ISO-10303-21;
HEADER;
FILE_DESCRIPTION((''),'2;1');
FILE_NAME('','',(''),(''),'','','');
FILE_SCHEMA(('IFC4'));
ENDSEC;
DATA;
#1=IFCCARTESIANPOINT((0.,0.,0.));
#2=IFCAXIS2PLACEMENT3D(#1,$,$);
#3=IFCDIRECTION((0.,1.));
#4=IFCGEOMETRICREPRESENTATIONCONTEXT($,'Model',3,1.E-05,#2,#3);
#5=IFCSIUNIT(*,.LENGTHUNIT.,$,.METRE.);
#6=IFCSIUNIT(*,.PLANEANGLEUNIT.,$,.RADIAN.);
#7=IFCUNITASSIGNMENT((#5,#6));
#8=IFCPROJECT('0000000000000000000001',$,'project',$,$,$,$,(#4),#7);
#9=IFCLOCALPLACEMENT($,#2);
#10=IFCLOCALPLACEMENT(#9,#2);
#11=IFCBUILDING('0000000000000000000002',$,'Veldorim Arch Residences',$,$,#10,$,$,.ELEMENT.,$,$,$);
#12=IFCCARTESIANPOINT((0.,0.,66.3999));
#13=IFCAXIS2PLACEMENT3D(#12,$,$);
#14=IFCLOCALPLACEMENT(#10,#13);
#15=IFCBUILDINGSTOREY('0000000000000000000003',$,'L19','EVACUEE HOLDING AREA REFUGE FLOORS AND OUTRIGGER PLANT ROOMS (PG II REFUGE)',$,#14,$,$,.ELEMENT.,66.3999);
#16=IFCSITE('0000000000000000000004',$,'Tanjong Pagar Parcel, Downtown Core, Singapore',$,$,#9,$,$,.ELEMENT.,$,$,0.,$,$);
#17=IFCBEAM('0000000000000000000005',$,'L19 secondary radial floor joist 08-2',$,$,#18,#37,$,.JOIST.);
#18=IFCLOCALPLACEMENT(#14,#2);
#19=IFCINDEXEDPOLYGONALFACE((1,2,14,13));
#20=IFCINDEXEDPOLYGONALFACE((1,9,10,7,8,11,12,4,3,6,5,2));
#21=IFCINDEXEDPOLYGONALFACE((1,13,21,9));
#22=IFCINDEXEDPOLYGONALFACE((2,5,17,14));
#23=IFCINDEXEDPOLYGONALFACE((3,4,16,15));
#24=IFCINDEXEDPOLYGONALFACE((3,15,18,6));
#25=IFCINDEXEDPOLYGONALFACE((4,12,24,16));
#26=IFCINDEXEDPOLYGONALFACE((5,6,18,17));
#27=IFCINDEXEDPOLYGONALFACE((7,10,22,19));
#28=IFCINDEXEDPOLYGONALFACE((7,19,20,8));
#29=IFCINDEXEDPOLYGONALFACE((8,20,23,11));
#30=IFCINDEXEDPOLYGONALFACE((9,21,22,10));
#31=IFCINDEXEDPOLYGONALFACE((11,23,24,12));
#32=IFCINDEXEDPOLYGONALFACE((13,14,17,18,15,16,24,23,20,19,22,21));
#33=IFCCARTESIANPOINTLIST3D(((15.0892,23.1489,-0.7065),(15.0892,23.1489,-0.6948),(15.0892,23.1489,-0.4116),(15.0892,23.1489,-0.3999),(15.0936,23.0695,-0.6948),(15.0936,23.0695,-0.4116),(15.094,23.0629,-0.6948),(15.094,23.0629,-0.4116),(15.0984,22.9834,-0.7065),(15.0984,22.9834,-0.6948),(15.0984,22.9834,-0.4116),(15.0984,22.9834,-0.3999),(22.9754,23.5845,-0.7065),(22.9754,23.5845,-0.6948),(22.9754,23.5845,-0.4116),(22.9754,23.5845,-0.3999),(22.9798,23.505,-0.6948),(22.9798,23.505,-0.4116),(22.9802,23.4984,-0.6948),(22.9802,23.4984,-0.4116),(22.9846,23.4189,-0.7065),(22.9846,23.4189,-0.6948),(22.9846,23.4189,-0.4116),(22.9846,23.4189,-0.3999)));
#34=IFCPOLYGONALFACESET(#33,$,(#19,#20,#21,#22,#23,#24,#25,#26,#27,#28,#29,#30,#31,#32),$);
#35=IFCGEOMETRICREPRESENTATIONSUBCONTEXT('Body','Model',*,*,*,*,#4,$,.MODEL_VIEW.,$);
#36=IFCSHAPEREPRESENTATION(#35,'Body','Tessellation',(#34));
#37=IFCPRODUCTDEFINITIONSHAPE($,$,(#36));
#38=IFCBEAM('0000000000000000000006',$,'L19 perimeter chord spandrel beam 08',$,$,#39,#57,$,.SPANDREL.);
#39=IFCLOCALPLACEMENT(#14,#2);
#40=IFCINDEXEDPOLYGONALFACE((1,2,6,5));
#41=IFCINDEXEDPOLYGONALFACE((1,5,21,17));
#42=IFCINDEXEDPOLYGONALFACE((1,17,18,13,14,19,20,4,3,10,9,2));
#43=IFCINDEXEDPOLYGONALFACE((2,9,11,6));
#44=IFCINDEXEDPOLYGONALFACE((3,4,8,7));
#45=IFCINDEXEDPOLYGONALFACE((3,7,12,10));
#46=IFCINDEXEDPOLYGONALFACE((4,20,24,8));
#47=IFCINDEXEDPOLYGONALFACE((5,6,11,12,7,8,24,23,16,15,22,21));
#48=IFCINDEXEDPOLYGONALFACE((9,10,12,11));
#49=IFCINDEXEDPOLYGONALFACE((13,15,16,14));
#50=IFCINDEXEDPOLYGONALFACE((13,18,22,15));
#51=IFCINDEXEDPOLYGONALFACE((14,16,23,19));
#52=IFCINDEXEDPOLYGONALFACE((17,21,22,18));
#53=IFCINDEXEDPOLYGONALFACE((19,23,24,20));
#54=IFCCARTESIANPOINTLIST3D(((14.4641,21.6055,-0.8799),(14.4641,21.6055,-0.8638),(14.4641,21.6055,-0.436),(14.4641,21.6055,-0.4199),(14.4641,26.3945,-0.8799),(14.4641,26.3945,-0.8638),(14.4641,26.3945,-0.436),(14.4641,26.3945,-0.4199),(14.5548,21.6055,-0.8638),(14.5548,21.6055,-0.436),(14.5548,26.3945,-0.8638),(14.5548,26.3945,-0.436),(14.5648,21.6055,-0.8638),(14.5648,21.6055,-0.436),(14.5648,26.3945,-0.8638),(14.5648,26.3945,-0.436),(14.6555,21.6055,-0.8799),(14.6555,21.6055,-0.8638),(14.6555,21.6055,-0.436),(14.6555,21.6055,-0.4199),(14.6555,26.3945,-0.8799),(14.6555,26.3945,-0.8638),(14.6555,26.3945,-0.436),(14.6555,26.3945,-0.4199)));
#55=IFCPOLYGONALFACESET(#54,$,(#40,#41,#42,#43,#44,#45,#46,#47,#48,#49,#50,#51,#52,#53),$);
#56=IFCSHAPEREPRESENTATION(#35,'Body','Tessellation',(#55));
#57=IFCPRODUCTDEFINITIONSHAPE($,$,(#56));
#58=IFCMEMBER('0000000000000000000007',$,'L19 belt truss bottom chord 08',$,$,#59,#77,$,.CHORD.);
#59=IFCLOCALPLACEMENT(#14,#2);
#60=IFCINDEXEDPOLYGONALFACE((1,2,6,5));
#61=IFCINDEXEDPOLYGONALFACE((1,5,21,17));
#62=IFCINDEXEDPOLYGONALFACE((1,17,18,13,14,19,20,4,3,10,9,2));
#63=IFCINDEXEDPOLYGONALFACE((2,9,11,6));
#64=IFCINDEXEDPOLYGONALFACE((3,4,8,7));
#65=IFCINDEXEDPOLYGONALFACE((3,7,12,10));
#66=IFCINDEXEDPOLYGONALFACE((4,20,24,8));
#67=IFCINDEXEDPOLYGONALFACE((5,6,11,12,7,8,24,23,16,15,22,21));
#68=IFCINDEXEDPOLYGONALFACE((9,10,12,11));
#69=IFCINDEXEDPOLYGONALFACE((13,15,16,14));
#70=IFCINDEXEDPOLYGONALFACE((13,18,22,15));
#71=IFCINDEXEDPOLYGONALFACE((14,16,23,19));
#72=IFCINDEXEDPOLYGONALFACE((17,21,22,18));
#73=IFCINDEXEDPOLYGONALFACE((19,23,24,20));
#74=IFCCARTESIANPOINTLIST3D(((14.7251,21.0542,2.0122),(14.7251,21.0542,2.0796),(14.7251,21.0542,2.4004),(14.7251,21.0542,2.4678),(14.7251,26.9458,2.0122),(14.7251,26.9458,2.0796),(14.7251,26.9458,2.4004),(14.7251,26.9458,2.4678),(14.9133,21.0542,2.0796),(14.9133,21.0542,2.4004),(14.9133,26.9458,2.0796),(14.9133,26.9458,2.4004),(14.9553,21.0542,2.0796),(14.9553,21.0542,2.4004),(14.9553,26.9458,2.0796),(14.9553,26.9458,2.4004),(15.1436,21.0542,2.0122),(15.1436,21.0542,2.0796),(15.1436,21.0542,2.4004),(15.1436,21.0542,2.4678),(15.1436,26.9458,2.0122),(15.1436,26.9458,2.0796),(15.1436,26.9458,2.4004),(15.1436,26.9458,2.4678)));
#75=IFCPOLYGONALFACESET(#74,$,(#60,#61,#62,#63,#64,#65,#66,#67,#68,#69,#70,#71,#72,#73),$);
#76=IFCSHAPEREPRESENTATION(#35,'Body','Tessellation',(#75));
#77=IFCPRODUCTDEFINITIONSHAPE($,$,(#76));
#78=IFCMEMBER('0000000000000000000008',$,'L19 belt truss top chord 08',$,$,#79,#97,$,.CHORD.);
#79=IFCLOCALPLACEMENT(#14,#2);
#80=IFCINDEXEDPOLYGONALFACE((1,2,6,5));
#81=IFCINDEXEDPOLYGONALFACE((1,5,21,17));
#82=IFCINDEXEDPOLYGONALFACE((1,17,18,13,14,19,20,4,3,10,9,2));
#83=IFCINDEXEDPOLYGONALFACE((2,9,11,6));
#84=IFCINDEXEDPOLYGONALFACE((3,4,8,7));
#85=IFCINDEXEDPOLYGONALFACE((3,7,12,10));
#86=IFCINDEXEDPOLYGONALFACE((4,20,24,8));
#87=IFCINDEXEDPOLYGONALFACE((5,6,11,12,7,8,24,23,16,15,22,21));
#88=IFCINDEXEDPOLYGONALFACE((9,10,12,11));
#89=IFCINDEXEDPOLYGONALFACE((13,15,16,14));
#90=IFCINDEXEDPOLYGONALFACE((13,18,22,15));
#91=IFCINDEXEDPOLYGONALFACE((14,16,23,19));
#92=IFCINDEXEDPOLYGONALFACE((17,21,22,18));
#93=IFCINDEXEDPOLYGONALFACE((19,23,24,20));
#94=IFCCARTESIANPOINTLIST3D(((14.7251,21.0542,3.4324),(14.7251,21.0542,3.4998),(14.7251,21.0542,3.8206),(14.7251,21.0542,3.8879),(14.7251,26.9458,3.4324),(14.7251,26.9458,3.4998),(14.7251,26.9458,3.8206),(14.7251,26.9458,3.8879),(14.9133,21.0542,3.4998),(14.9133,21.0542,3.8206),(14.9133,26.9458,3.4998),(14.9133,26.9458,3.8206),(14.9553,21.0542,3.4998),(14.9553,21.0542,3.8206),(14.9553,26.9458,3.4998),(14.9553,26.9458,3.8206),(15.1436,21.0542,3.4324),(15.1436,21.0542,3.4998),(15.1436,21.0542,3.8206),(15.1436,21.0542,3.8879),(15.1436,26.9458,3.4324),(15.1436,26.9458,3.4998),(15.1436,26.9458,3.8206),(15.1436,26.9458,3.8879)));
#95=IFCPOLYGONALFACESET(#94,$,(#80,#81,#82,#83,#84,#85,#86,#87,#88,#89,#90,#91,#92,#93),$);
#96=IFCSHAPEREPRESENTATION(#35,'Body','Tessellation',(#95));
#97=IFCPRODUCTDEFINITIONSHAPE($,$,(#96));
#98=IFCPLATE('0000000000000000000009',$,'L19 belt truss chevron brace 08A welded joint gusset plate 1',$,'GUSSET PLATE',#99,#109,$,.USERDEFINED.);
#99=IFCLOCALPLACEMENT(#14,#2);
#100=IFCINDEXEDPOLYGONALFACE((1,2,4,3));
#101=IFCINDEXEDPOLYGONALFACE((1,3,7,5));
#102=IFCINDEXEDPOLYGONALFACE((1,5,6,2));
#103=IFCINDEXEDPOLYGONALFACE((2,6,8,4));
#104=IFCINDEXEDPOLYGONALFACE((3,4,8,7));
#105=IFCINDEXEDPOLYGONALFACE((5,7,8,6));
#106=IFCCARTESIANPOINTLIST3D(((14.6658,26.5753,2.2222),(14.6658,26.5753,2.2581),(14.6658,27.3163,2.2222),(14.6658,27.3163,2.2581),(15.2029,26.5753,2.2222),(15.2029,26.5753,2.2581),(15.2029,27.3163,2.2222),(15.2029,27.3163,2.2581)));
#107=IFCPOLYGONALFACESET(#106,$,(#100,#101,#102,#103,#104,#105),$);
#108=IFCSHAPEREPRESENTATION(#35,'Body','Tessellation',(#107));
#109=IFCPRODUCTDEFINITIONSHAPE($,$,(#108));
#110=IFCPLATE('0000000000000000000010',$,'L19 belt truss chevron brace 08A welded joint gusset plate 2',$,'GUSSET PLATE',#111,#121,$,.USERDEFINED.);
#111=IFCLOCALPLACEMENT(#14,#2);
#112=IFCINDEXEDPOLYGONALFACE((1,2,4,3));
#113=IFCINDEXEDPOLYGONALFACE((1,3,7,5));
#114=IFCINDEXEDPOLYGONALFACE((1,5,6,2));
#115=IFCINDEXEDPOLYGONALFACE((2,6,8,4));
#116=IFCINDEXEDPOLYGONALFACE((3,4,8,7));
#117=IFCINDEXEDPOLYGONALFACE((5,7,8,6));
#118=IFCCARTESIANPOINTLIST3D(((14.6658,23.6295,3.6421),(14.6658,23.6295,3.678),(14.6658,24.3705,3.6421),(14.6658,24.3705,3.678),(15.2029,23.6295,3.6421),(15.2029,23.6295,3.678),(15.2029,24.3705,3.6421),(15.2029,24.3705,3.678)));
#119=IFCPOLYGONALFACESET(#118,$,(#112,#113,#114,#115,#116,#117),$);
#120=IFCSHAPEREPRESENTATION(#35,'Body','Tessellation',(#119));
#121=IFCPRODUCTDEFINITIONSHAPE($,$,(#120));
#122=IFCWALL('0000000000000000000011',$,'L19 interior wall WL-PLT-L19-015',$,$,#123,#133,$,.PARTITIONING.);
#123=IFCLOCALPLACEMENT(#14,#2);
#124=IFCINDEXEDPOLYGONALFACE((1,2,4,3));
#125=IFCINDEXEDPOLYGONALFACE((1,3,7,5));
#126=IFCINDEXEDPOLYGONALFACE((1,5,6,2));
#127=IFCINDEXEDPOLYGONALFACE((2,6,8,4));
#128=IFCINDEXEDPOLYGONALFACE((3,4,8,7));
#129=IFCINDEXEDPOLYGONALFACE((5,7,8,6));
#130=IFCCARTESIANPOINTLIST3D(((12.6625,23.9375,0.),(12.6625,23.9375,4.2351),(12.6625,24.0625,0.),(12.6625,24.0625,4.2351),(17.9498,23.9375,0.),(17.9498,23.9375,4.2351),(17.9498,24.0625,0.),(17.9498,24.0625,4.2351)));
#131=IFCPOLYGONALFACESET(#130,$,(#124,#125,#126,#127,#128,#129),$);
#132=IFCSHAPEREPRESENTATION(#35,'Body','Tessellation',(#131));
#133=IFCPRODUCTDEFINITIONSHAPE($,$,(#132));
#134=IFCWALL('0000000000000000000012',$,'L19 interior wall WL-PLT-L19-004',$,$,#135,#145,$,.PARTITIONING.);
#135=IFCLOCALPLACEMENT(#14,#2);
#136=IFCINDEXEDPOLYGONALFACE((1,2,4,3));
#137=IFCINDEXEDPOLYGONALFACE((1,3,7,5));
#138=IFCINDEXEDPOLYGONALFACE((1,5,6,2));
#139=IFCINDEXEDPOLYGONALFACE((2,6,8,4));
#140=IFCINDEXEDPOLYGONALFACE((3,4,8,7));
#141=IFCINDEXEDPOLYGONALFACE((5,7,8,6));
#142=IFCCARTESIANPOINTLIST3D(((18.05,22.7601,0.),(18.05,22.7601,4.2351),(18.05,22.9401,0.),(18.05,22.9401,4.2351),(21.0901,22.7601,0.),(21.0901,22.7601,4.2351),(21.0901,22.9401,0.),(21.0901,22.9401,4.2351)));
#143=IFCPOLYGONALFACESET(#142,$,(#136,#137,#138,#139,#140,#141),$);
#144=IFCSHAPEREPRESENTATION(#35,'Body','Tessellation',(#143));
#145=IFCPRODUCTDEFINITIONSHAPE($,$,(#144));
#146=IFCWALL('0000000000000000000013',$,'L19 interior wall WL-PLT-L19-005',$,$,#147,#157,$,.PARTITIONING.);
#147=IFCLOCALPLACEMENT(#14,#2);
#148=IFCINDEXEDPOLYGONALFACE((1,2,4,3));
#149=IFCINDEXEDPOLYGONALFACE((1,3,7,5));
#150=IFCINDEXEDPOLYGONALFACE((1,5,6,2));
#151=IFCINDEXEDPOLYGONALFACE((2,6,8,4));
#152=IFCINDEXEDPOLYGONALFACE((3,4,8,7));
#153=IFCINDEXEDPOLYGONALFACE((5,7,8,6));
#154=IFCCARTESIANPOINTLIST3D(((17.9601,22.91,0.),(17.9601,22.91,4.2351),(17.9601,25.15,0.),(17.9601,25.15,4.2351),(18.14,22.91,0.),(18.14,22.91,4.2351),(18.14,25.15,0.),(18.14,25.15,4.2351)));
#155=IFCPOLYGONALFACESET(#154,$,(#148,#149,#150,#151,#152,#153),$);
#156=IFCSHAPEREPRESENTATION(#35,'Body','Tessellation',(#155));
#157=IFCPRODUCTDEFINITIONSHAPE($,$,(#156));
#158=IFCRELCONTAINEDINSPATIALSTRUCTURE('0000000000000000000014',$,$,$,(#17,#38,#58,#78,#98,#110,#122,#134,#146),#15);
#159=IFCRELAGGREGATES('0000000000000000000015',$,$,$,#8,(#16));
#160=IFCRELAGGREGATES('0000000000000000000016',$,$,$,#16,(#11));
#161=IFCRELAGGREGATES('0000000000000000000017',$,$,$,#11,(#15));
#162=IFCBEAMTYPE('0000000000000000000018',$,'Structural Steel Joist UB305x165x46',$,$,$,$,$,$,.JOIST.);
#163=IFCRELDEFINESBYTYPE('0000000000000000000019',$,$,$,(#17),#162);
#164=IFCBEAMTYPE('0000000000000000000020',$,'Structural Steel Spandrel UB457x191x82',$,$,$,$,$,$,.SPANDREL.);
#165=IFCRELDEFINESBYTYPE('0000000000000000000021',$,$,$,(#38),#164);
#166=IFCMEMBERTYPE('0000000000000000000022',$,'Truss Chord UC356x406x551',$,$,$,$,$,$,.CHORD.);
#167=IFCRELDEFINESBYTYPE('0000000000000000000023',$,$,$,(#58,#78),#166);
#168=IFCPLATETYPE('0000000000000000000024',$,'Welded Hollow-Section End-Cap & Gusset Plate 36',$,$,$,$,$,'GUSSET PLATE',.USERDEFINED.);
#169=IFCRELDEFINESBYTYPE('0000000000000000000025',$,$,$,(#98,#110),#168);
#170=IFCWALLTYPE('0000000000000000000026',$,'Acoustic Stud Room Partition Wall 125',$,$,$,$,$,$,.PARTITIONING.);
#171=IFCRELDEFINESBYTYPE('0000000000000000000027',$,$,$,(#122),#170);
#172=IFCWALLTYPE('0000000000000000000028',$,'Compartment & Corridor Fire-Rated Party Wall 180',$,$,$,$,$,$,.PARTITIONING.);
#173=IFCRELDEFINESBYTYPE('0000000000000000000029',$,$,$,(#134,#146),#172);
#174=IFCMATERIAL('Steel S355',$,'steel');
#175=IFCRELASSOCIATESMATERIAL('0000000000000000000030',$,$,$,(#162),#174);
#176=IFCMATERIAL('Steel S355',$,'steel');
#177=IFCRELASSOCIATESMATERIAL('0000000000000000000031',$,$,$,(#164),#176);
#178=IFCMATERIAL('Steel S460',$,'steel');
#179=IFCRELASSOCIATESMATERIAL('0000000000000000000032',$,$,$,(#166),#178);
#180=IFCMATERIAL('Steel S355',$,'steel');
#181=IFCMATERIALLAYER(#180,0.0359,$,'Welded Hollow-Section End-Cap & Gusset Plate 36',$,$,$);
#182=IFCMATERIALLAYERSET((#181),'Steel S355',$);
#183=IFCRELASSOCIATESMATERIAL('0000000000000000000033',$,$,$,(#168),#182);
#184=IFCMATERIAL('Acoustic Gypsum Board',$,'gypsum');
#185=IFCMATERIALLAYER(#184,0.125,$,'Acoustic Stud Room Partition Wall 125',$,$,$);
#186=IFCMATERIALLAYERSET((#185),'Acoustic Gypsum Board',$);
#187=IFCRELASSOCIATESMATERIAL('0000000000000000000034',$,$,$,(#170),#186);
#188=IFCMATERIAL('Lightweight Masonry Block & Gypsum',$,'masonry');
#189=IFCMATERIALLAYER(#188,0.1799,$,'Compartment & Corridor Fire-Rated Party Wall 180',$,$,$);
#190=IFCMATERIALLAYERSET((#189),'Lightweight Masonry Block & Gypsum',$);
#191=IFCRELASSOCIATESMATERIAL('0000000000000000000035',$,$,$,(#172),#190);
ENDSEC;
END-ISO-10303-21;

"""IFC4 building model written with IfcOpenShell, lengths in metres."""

from ifc_helpers import new_model, si_unit, direction, frame, frame_2d, origin, origin_2d, place, context, subcontext, project, spatial, rectangle, i_section, extrude, material, layer, layer_set, material_profile, profile_set, type_object, element, save


model = new_model("IFC4")

# Units and contexts
model_context = context("Model", 3, precision=1e-05, world=origin(), true_north=direction((0.0, 1.0)))
body_context = subcontext(model_context, "Body", "Model", "MODEL_VIEW")
ifc_project = project(units=[si_unit("LENGTHUNIT", "METRE"), si_unit("PLANEANGLEUNIT", "RADIAN")], contexts=[model_context])

# Site, building, storey
site_placement = place(None, origin())
site = spatial("IfcSite", under=ifc_project, at=site_placement, Name="Tanjong Pagar Parcel, Downtown Core, Singapore", CompositionType="ELEMENT", RefElevation=0.0)
building_placement = place(site_placement, origin())
building = spatial("IfcBuilding", under=site, at=building_placement, Name="Veldorim Arch Residences", CompositionType="ELEMENT")
storey_placement = place(building_placement, frame((0.0, 0.0, 66.3999)))
storey = spatial("IfcBuildingStorey", under=building, at=storey_placement, Name="L19", Description="EVACUEE HOLDING AREA REFUGE FLOORS AND OUTRIGGER PLANT ROOMS (PG II REFUGE)", CompositionType="ELEMENT", Elevation=66.3999)

# Beams
ifc_material_1 = material(Name="Steel S355", Category="steel")
ifc_material_profile_1 = material_profile(ifc_material_1, i_section(OverallWidth=0.1658, OverallDepth=0.3066, WebThickness=0.0066, FlangeThickness=0.0117, at=origin_2d()), Name="UB305x165x46")
ifc_profile_set_1 = profile_set([ifc_material_profile_1], Name="Steel S355")
beam_type_1 = type_object("IfcBeamType", Name="Structural Steel Joist UB305x165x46", PredefinedType="JOIST", material=ifc_profile_set_1)
for number, where, z_axis, x_axis, name in (
    (1, (22.98, 23.5017, -0.5532), (-0.998478, -0.055145, 0.0), (0.055145, -0.998478, 0.0), "L19 secondary radial floor joist 08-2"),
):
    element("IfcBeam", number, at=place(storey_placement, frame(where, z_axis=z_axis, x_axis=x_axis)), inside=storey, type_object=beam_type_1, Name=name, PredefinedType="JOIST", context=body_context, shape_type="SweptSolid", body=[
        extrude(i_section(OverallWidth=0.1658, OverallDepth=0.3066, WebThickness=0.0066, FlangeThickness=0.0117, at=origin_2d()), origin(), (0.0, 0.0, 1.0), 7.8982),
    ])
ifc_material_2 = material(Name="Steel S355", Category="steel")
ifc_material_profile_2 = material_profile(ifc_material_2, i_section(OverallWidth=0.1914, OverallDepth=0.46, WebThickness=0.01, FlangeThickness=0.0161, at=origin_2d()), Name="UB457x191x82")
ifc_profile_set_2 = profile_set([ifc_material_profile_2], Name="Steel S355")
beam_type_2 = type_object("IfcBeamType", Name="Structural Steel Spandrel UB457x191x82", PredefinedType="SPANDREL", material=ifc_profile_set_2)
beam_1_placement = place(storey_placement, frame((14.5598, 26.3945, -0.6499), z_axis=(0.0, -1.0, 0.0), x_axis=(1.0, 0.0, 0.0)))
element("IfcBeam", 2, at=beam_1_placement, inside=storey, type_object=beam_type_2, Name="L19 perimeter chord spandrel beam 08", PredefinedType="SPANDREL", context=body_context, shape_type="SweptSolid", body=[
    extrude(i_section(OverallWidth=0.1914, OverallDepth=0.46, WebThickness=0.01, FlangeThickness=0.0161, at=origin_2d()), origin(), (0.0, 0.0, 1.0), 4.7891),
])

# Members
ifc_material_3 = material(Name="Steel S460", Category="steel")
ifc_material_profile_3 = material_profile(ifc_material_3, i_section(OverallWidth=0.4185, OverallDepth=0.4556, WebThickness=0.042, FlangeThickness=0.0674, at=origin_2d()), Name="UC356x406x551")
ifc_profile_set_3 = profile_set([ifc_material_profile_3], Name="Steel S460")
member_type_1 = type_object("IfcMemberType", Name="Truss Chord UC356x406x551", PredefinedType="CHORD", material=ifc_profile_set_3)
for number, where, z_axis, x_axis, name in (
    (3, (14.9343, 26.9458, 2.24), (0.0, -1.0, 0.0), (1.0, 0.0, 0.0), "L19 belt truss bottom chord 08"),
    (4, (14.9343, 26.9458, 3.6602), (0.0, -1.0, 0.0), (1.0, 0.0, 0.0), "L19 belt truss top chord 08"),
):
    element("IfcMember", number, at=place(storey_placement, frame(where, z_axis=z_axis, x_axis=x_axis)), inside=storey, type_object=member_type_1, Name=name, PredefinedType="CHORD", context=body_context, shape_type="SweptSolid", body=[
        extrude(i_section(OverallWidth=0.4185, OverallDepth=0.4556, WebThickness=0.042, FlangeThickness=0.0674, at=origin_2d()), origin(), (0.0, 0.0, 1.0), 5.8916),
    ])

# Plates
ifc_material_4 = material(Name="Steel S355", Category="steel")
ifc_layer_1 = layer(ifc_material_4, 0.0359, Name="Welded Hollow-Section End-Cap & Gusset Plate 36")
ifc_layer_set_1 = layer_set([ifc_layer_1], Name="Steel S355")
plate_type = type_object("IfcPlateType", Name="Welded Hollow-Section End-Cap & Gusset Plate 36", ElementType="GUSSET PLATE", PredefinedType="USERDEFINED", material=ifc_layer_set_1)
for number, where, z_axis, x_axis, name in (
    (5, (14.9343, 26.9458, 2.2222), (0.0, 0.0, 1.0), (0.0, -1.0, 0.0), "L19 belt truss chevron brace 08A welded joint gusset plate 1"),
    (6, (14.9343, 24.0, 3.6421), (0.0, 0.0, 1.0), (0.0, -1.0, 0.0), "L19 belt truss chevron brace 08A welded joint gusset plate 2"),
):
    element("IfcPlate", number, at=place(storey_placement, frame(where, z_axis=z_axis, x_axis=x_axis)), inside=storey, type_object=plate_type, Name=name, ObjectType="GUSSET PLATE", PredefinedType="USERDEFINED", context=body_context, shape_type="SweptSolid", body=[
        extrude(rectangle(XDim=0.741, YDim=0.5371, at=origin_2d()), origin(), (0.0, 0.0, 1.0), 0.0359),
    ])

# Walls
ifc_material_5 = material(Name="Acoustic Gypsum Board", Category="gypsum")
ifc_layer_2 = layer(ifc_material_5, 0.125, Name="Acoustic Stud Room Partition Wall 125")
ifc_layer_set_2 = layer_set([ifc_layer_2], Name="Acoustic Gypsum Board")
wall_type_1 = type_object("IfcWallType", Name="Acoustic Stud Room Partition Wall 125", PredefinedType="PARTITIONING", material=ifc_layer_set_2)
wall_1_placement = place(storey_placement, frame((12.6626, 24.0, 0.0), z_axis=(0.0, 0.0, 1.0), x_axis=(1.0, 0.0, 0.0)))
element("IfcWall", 7, at=wall_1_placement, inside=storey, type_object=wall_type_1, Name="L19 interior wall WL-PLT-L19-015", PredefinedType="PARTITIONING", context=body_context, shape_type="SweptSolid", body=[
    extrude(rectangle(XDim=5.2874, YDim=0.125, at=frame_2d((2.6436, 0.0))), origin(), (0.0, 0.0, 1.0), 4.2351),
])
ifc_material_6 = material(Name="Lightweight Masonry Block & Gypsum", Category="masonry")
ifc_layer_3 = layer(ifc_material_6, 0.1799, Name="Compartment & Corridor Fire-Rated Party Wall 180")
ifc_layer_set_3 = layer_set([ifc_layer_3], Name="Lightweight Masonry Block & Gypsum")
wall_type_2 = type_object("IfcWallType", Name="Compartment & Corridor Fire-Rated Party Wall 180", PredefinedType="PARTITIONING", material=ifc_layer_set_3)
wall_2_placement = place(storey_placement, frame((21.0901, 22.8501, 0.0), z_axis=(0.0, 0.0, 1.0), x_axis=(-1.0, 0.0, 0.0)))
element("IfcWall", 8, at=wall_2_placement, inside=storey, type_object=wall_type_2, Name="L19 interior wall WL-PLT-L19-004", PredefinedType="PARTITIONING", context=body_context, shape_type="SweptSolid", body=[
    extrude(rectangle(XDim=3.04, YDim=0.1799, at=frame_2d((1.52, 0.0))), origin(), (0.0, 0.0, 1.0), 4.2351),
])
wall_3_placement = place(storey_placement, frame((18.05, 22.9099, 0.0), z_axis=(0.0, 0.0, 1.0), x_axis=(0.0, 1.0, 0.0)))
element("IfcWall", 9, at=wall_3_placement, inside=storey, type_object=wall_type_2, Name="L19 interior wall WL-PLT-L19-005", PredefinedType="PARTITIONING", context=body_context, shape_type="SweptSolid", body=[
    extrude(rectangle(XDim=2.24, YDim=0.1799, at=frame_2d((1.1201, 0.0))), origin(), (0.0, 0.0, 1.0), 4.2351),
])

save(model, "model.ifc")
